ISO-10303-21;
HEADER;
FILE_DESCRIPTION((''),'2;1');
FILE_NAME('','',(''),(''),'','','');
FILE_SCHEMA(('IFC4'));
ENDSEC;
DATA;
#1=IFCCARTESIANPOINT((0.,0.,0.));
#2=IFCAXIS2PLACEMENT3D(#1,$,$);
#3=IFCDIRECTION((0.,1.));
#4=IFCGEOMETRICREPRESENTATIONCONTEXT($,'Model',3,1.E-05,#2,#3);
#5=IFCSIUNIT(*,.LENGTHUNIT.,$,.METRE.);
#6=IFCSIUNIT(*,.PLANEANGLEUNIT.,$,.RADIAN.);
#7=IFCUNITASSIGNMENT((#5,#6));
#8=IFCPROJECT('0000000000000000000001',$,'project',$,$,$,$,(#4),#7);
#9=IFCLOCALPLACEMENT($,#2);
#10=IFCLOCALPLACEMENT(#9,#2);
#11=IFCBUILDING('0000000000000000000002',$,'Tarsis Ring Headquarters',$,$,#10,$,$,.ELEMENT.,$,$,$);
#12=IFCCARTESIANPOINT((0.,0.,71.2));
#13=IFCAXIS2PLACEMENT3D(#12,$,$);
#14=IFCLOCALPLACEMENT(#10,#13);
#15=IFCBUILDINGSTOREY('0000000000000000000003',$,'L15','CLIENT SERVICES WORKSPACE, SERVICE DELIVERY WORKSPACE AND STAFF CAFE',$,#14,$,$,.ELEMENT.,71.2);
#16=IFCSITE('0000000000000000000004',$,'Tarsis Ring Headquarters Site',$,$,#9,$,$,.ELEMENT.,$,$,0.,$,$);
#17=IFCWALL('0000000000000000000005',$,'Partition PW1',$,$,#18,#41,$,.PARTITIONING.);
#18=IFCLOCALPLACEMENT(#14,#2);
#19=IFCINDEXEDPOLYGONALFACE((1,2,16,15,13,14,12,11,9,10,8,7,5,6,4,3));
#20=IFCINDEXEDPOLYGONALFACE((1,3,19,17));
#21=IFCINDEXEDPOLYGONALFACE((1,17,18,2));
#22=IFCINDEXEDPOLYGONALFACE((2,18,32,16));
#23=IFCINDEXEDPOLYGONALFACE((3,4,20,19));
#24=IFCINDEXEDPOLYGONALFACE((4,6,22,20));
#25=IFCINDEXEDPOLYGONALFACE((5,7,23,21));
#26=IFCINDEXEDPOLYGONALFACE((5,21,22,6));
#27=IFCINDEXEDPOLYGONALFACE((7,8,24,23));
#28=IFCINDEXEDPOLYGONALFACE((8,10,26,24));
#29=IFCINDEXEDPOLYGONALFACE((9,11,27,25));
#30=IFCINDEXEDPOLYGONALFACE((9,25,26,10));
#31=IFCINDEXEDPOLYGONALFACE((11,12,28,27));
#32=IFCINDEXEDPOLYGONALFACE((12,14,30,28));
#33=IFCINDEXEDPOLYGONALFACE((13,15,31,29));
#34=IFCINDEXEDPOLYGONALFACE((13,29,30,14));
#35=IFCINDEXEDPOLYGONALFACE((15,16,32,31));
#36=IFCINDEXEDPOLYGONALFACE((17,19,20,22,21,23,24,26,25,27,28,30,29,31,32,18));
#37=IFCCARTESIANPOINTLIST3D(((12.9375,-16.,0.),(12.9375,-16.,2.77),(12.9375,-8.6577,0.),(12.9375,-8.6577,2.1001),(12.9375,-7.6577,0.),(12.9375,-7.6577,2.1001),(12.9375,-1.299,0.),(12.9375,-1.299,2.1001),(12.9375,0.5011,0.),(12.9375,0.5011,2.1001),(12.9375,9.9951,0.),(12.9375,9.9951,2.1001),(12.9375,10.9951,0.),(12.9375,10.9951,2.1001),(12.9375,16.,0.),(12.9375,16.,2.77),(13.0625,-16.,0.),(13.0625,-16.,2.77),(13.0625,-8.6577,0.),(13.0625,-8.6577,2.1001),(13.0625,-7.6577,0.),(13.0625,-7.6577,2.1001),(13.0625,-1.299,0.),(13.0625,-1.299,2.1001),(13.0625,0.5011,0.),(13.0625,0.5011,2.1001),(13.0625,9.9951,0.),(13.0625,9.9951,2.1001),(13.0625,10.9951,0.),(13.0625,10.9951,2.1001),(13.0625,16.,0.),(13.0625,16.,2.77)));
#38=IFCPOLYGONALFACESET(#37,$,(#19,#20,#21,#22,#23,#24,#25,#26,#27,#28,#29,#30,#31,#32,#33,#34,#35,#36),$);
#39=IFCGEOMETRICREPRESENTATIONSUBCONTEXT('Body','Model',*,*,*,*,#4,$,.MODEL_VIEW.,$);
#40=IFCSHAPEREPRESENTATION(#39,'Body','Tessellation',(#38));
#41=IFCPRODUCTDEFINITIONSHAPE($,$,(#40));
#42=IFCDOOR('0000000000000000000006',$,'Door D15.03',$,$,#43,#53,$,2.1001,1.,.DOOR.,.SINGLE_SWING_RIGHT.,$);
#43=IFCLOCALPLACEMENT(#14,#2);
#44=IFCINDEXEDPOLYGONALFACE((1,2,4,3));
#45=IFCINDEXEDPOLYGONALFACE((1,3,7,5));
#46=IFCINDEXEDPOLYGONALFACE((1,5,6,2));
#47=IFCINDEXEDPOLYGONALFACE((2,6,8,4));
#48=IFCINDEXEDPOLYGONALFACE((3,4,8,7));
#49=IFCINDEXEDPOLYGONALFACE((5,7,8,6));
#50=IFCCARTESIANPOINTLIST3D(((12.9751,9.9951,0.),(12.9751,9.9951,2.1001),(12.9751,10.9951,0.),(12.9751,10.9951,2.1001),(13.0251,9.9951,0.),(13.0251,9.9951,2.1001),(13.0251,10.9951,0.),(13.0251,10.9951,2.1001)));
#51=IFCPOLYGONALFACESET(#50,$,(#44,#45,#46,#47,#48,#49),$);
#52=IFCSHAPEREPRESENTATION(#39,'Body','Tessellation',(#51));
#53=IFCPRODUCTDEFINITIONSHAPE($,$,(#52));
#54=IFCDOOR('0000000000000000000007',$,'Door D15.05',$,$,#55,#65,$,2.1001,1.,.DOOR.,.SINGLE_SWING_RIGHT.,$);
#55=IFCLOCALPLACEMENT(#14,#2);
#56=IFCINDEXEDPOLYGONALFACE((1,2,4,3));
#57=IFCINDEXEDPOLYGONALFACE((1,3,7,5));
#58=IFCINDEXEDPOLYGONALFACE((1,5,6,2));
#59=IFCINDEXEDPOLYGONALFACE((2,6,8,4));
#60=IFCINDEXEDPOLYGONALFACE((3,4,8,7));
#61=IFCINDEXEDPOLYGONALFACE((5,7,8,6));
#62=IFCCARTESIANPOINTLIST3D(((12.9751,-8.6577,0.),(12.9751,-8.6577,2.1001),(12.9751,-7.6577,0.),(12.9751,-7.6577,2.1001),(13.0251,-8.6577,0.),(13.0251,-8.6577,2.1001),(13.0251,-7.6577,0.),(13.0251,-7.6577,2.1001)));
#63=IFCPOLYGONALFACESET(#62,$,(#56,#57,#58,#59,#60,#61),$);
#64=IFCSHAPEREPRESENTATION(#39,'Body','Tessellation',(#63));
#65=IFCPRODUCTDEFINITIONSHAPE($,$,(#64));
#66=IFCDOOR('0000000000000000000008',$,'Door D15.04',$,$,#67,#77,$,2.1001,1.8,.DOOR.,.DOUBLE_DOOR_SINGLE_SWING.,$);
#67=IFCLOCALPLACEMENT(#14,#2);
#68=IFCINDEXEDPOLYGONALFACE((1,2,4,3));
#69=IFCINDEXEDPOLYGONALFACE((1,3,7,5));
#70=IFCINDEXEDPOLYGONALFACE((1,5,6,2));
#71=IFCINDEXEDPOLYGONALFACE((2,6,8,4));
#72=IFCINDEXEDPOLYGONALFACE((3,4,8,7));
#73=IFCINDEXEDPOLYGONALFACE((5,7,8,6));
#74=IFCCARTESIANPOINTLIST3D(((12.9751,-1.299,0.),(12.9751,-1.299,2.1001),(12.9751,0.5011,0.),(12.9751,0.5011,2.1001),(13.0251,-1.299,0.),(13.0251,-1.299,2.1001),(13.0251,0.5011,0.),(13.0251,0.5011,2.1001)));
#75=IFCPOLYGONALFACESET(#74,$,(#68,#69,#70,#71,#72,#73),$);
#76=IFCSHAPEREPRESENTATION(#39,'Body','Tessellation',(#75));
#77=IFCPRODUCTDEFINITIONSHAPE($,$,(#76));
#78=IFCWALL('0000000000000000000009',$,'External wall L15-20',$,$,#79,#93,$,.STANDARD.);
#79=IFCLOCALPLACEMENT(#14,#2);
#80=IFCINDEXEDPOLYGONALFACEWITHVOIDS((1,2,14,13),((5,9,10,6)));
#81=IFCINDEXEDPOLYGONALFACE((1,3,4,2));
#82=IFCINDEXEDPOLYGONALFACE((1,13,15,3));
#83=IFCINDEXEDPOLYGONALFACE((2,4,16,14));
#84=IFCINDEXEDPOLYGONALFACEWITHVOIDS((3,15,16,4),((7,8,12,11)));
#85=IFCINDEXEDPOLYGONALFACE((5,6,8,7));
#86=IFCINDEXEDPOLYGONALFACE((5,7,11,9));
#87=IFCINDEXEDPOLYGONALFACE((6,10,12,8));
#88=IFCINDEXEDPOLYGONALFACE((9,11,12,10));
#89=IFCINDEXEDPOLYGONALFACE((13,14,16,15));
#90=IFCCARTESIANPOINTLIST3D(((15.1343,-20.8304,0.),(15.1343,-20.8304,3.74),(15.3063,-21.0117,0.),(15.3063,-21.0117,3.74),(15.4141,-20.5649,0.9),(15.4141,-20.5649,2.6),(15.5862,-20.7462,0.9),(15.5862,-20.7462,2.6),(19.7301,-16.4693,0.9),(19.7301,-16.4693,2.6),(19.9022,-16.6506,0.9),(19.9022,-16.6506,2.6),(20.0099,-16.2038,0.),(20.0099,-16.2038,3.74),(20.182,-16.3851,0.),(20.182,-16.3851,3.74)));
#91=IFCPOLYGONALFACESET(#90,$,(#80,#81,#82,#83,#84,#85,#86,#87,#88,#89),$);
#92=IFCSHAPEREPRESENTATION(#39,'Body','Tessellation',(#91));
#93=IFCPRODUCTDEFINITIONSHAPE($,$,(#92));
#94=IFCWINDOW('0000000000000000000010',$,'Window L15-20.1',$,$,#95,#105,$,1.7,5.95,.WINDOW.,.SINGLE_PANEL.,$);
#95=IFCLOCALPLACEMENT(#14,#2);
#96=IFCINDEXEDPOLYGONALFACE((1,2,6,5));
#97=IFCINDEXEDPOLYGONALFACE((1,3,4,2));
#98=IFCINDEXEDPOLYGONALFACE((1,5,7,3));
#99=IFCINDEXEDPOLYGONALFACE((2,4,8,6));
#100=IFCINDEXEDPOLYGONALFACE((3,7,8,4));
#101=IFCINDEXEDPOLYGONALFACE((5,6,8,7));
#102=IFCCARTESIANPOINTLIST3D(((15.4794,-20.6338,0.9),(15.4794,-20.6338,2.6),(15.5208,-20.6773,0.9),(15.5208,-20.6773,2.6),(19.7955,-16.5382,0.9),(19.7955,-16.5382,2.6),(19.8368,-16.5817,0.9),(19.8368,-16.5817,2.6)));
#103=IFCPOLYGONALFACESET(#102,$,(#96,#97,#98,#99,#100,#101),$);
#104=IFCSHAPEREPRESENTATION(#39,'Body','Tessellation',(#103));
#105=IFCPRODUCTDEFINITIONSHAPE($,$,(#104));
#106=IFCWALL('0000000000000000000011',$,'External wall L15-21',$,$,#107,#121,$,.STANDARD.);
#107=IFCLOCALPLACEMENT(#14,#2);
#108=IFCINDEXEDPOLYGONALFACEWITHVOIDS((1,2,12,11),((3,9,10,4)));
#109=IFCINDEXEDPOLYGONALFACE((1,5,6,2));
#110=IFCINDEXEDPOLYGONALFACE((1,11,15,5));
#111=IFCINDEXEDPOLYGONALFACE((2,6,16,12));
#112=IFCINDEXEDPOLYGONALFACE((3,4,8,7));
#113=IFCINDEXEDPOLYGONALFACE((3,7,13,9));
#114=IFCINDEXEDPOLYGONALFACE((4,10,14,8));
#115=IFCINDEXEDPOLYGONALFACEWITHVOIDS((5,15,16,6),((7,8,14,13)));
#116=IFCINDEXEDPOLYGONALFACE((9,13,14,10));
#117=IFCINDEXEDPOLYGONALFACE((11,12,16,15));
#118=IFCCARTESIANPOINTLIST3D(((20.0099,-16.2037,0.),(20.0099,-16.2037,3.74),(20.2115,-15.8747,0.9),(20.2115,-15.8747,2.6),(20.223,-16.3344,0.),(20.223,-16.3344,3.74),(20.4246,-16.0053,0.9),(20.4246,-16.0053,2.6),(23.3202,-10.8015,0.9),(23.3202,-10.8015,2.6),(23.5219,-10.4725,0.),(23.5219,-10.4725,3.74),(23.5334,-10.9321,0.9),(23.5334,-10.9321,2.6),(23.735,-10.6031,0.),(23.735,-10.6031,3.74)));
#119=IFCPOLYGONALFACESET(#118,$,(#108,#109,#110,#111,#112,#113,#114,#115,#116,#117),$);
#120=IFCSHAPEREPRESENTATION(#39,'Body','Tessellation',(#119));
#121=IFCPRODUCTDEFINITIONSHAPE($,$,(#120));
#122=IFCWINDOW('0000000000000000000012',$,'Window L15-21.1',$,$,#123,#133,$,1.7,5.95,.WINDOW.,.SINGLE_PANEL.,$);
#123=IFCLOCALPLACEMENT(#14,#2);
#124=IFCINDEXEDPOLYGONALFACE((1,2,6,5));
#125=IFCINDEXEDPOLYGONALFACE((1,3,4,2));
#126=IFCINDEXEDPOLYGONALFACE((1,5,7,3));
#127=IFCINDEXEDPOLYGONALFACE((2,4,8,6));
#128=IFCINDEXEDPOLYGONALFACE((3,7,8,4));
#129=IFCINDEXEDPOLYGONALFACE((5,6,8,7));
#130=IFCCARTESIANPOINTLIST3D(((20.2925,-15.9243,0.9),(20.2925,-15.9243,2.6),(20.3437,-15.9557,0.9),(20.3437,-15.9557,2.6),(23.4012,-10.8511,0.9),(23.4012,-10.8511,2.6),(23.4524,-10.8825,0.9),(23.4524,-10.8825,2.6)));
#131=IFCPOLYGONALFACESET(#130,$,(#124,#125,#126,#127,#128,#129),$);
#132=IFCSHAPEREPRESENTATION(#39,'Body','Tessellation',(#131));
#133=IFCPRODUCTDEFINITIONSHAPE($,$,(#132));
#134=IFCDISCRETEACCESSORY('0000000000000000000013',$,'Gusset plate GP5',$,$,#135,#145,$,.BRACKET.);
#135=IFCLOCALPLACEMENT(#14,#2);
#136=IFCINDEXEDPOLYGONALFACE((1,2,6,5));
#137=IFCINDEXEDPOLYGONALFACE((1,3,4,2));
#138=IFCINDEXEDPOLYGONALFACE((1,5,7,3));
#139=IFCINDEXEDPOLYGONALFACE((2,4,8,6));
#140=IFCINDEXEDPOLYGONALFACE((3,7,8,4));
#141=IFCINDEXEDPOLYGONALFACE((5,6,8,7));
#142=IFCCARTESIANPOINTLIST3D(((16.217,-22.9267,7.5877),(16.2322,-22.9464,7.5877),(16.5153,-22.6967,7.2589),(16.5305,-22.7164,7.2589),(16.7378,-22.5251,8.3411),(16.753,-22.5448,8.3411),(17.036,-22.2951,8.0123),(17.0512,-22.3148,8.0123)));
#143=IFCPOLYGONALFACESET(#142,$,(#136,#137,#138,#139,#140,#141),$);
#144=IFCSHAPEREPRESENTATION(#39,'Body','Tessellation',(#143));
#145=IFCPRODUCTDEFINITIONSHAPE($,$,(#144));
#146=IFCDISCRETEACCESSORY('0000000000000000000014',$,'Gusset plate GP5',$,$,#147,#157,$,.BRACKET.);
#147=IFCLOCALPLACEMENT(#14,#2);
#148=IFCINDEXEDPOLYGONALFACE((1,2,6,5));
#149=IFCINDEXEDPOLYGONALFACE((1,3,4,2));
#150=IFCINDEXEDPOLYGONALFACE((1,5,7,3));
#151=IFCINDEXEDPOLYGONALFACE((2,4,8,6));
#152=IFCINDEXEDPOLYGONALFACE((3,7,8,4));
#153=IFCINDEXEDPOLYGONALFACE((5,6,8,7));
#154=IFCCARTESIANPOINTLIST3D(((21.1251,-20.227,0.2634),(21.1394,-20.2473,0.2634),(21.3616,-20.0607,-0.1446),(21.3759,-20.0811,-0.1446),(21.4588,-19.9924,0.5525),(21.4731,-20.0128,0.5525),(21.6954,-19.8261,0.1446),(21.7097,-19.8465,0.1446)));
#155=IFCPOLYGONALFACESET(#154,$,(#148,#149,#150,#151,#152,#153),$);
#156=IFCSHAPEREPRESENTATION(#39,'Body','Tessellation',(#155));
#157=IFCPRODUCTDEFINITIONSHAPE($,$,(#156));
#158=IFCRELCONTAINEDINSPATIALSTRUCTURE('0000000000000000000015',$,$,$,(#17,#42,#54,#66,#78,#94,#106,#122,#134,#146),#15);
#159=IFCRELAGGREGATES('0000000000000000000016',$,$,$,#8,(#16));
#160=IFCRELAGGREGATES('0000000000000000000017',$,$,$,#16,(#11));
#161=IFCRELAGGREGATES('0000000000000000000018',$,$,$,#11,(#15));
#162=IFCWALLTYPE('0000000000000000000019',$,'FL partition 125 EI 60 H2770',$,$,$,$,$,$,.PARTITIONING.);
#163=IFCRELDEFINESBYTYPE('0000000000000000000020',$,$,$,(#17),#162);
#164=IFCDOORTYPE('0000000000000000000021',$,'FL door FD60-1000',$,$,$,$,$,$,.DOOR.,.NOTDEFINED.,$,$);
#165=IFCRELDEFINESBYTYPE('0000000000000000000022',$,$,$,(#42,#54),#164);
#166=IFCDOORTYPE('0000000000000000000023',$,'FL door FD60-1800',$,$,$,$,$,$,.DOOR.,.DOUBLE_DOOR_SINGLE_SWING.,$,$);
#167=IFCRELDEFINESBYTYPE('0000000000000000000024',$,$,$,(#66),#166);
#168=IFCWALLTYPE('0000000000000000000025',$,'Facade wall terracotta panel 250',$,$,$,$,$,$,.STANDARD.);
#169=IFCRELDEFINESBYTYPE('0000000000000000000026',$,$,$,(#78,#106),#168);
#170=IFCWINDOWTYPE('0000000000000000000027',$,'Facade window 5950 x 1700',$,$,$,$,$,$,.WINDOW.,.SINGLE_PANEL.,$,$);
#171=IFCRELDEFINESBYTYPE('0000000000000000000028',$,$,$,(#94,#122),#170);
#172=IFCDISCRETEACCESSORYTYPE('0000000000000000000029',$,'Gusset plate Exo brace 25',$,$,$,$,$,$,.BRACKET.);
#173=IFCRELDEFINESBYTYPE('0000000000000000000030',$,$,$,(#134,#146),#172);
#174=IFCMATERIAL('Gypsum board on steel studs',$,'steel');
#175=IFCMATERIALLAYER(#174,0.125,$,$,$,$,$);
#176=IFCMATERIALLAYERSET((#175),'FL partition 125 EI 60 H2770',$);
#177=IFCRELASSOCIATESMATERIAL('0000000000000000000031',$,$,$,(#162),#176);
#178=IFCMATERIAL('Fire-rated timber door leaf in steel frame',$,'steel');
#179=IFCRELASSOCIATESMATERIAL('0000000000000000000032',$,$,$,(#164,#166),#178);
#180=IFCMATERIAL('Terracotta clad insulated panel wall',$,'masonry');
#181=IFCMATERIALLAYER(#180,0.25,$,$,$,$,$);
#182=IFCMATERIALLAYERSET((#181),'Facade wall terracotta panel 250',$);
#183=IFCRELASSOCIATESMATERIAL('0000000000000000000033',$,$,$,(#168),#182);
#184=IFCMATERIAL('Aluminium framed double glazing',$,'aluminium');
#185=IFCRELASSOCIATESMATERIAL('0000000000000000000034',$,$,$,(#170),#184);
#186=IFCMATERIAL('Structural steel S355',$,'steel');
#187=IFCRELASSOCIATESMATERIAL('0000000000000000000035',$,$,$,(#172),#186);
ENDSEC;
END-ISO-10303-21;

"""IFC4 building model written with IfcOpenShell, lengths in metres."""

from ifc_helpers import new_model, si_unit, direction, frame, frame_2d, origin, origin_2d, place, context, subcontext, project, spatial, rectangle, extrude, material, layer, layer_set, material_profile, profile_set, type_object, element, fill, save


model = new_model("IFC4")

# Units and contexts
model_context = context("Model", 3, precision=1e-05, world=origin(), true_north=direction((0.0, 1.0)))
body_context = subcontext(model_context, "Body", "Model", "MODEL_VIEW")
ifc_project = project(units=[si_unit("LENGTHUNIT", "METRE"), si_unit("PLANEANGLEUNIT", "RADIAN")], contexts=[model_context])

# Site, building, storey
site_placement = place(None, origin())
site = spatial("IfcSite", under=ifc_project, at=site_placement, Name="Tarsis Ring Headquarters Site", CompositionType="ELEMENT", RefElevation=0.0)
building_placement = place(site_placement, origin())
building = spatial("IfcBuilding", under=site, at=building_placement, Name="Tarsis Ring Headquarters", CompositionType="ELEMENT")
storey_placement = place(building_placement, frame((0.0, 0.0, 71.2)))
storey = spatial("IfcBuildingStorey", under=building, at=storey_placement, Name="L15", Description="CLIENT SERVICES WORKSPACE, SERVICE DELIVERY WORKSPACE AND STAFF CAFE", CompositionType="ELEMENT", Elevation=71.2)

# Shared definitions
ifc_material_1 = material(Name="Structural steel S355", Category="steel")

# Wall, openings, doors
ifc_material_2 = material(Name="Gypsum board on steel studs", Category="steel")
ifc_layer_1 = layer(ifc_material_2, 0.125)
ifc_layer_set_1 = layer_set([ifc_layer_1], Name="FL partition 125 EI 60 H2770")
wall_type_1 = type_object("IfcWallType", Name="FL partition 125 EI 60 H2770", PredefinedType="PARTITIONING", material=ifc_layer_set_1)
wall_1_placement = place(storey_placement, frame((13.0, -16.0, 0.0), z_axis=(0.0, 0.0, 1.0), x_axis=(0.0, 1.0, 0.0)))
wall_1 = element("IfcWall", 1, at=wall_1_placement, inside=storey, type_object=wall_type_1, Name="Partition PW1", PredefinedType="PARTITIONING", context=body_context, shape_type="SweptSolid", body=[
    extrude(rectangle(XDim=32.0, YDim=0.125, at=frame_2d((16.0, 0.0))), origin(), (0.0, 0.0, 1.0), 2.77),
])
opening_1_placement = place(wall_1_placement, frame((25.9951, 0.0, 0.0)))
opening_1 = element("IfcOpeningElement", 2, at=opening_1_placement, cuts=wall_1, PredefinedType="OPENING", context=body_context, shape_type="SweptSolid", body=[
    extrude(rectangle(XDim=1.0, YDim=2.1001, at=frame_2d((0.5, 1.05))), frame((0.0, 0.0725, 0.0), z_axis=(0.0, -1.0, 0.0), x_axis=(1.0, 0.0, 0.0)), (0.0, 0.0, 1.0), 0.145),
])
opening_2_placement = place(wall_1_placement, frame((14.7012, 0.0, 0.0)))
opening_2 = element("IfcOpeningElement", 3, at=opening_2_placement, cuts=wall_1, PredefinedType="OPENING", context=body_context, shape_type="SweptSolid", body=[
    extrude(rectangle(XDim=1.8, YDim=2.1001, at=frame_2d((0.8999, 1.05))), frame((0.0, 0.0725, 0.0), z_axis=(0.0, -1.0, 0.0), x_axis=(1.0, 0.0, 0.0)), (0.0, 0.0, 1.0), 0.145),
])
opening_3_placement = place(wall_1_placement, frame((7.3423, 0.0, 0.0)))
opening_3 = element("IfcOpeningElement", 4, at=opening_3_placement, cuts=wall_1, PredefinedType="OPENING", context=body_context, shape_type="SweptSolid", body=[
    extrude(rectangle(XDim=1.0, YDim=2.1001, at=frame_2d((0.5, 1.05))), frame((0.0, 0.0725, 0.0), z_axis=(0.0, -1.0, 0.0), x_axis=(1.0, 0.0, 0.0)), (0.0, 0.0, 1.0), 0.145),
])
ifc_material_3 = material(Name="Fire-rated timber door leaf in steel frame", Category="steel")
door_type_1 = type_object("IfcDoorType", Name="FL door FD60-1000", OperationType="NOTDEFINED", PredefinedType="DOOR", material=ifc_material_3)
door_1_placement = place(opening_1_placement, origin())
door_1 = element("IfcDoor", 5, at=door_1_placement, inside=storey, type_object=door_type_1, Name="Door D15.03", OperationType="SINGLE_SWING_RIGHT", OverallHeight=2.1001, OverallWidth=1.0, PredefinedType="DOOR", context=body_context, shape_type="SweptSolid", body=[
    extrude(rectangle(XDim=1.0, YDim=2.1001, at=frame_2d((0.5, 1.05))), frame((0.0, 0.0249, 0.0), z_axis=(0.0, -1.0, 0.0), x_axis=(1.0, 0.0, 0.0)), (0.0, 0.0, 1.0), 0.05),
])
fill(opening_1, door_1)
door_2_placement = place(opening_3_placement, origin())
door_2 = element("IfcDoor", 6, at=door_2_placement, inside=storey, type_object=door_type_1, Name="Door D15.05", OperationType="SINGLE_SWING_RIGHT", OverallHeight=2.1001, OverallWidth=1.0, PredefinedType="DOOR", context=body_context, shape_type="SweptSolid", body=[
    extrude(rectangle(XDim=1.0, YDim=2.1001, at=frame_2d((0.5, 1.05))), frame((0.0, 0.0249, 0.0), z_axis=(0.0, -1.0, 0.0), x_axis=(1.0, 0.0, 0.0)), (0.0, 0.0, 1.0), 0.05),
])
fill(opening_3, door_2)
door_type_2 = type_object("IfcDoorType", Name="FL door FD60-1800", OperationType="DOUBLE_DOOR_SINGLE_SWING", PredefinedType="DOOR", material=ifc_material_3)
door_3_placement = place(opening_2_placement, origin())
door_3 = element("IfcDoor", 7, at=door_3_placement, inside=storey, type_object=door_type_2, Name="Door D15.04", OperationType="DOUBLE_DOOR_SINGLE_SWING", OverallHeight=2.1001, OverallWidth=1.8, PredefinedType="DOOR", context=body_context, shape_type="SweptSolid", body=[
    extrude(rectangle(XDim=1.8, YDim=2.1001, at=frame_2d((0.8999, 1.05))), frame((0.0, 0.0249, 0.0), z_axis=(0.0, -1.0, 0.0), x_axis=(1.0, 0.0, 0.0)), (0.0, 0.0, 1.0), 0.05),
])
fill(opening_2, door_3)

# Walls, openings, windows
ifc_material_4 = material(Name="Terracotta clad insulated panel wall", Category="masonry")
ifc_layer_2 = layer(ifc_material_4, 0.25)
ifc_layer_set_2 = layer_set([ifc_layer_2], Name="Facade wall terracotta panel 250")
wall_type_2 = type_object("IfcWallType", Name="Facade wall terracotta panel 250", PredefinedType="STANDARD", material=ifc_layer_set_2)
wall_2_placement = place(storey_placement, frame((15.2202, -20.9211, 0.0), z_axis=(0.0, 0.0, 1.0), x_axis=(0.725388, 0.68834, 0.0)))
wall_2 = element("IfcWall", 8, at=wall_2_placement, inside=storey, type_object=wall_type_2, Name="External wall L15-20", PredefinedType="STANDARD", context=body_context, shape_type="SweptSolid", body=[
    extrude(rectangle(XDim=6.7214, YDim=0.25, at=frame_2d((3.3608, 0.0))), origin(), (0.0, 0.0, 1.0), 3.74),
])
opening_4_placement = place(wall_2_placement, frame((0.3857, 0.0, 0.8999)))
opening_4 = element("IfcOpeningElement", 9, at=opening_4_placement, cuts=wall_2, PredefinedType="OPENING", context=body_context, shape_type="SweptSolid", body=[
    extrude(rectangle(XDim=5.95, YDim=1.7, at=frame_2d((2.9751, 0.8501))), frame((0.0, 0.135, 0.0), z_axis=(0.0, -1.0, 0.0), x_axis=(1.0, 0.0, 0.0)), (0.0, 0.0, 1.0), 0.27),
])
ifc_material_5 = material(Name="Aluminium framed double glazing", Category="aluminium")
window_type = type_object("IfcWindowType", Name="Facade window 5950 x 1700", PartitioningType="SINGLE_PANEL", PredefinedType="WINDOW", material=ifc_material_5)
window_1_placement = place(opening_4_placement, origin())
window_1 = element("IfcWindow", 10, at=window_1_placement, inside=storey, type_object=window_type, Name="Window L15-20.1", OverallHeight=1.7, OverallWidth=5.95, PartitioningType="SINGLE_PANEL", PredefinedType="WINDOW", context=body_context, shape_type="SweptSolid", body=[
    extrude(rectangle(XDim=5.95, YDim=1.7, at=frame_2d((2.9751, 0.8501))), frame((0.0, 0.03, 0.0), z_axis=(0.0, -1.0, 0.0), x_axis=(1.0, 0.0, 0.0)), (0.0, 0.0, 1.0), 0.0601),
])
fill(opening_4, window_1)
wall_3_placement = place(storey_placement, frame((20.1165, -16.269, 0.0), z_axis=(0.0, 0.0, 1.0), x_axis=(0.522485, 0.852648, 0.0)))
wall_3 = element("IfcWall", 11, at=wall_3_placement, inside=storey, type_object=wall_type_2, Name="External wall L15-21", PredefinedType="STANDARD", context=body_context, shape_type="SweptSolid", body=[
    extrude(rectangle(XDim=6.7217, YDim=0.25, at=frame_2d((3.3608, 0.0))), origin(), (0.0, 0.0, 1.0), 3.74),
])
opening_5_placement = place(wall_3_placement, frame((0.3857, 0.0, 0.8999)))
opening_5 = element("IfcOpeningElement", 12, at=opening_5_placement, cuts=wall_3, PredefinedType="OPENING", context=body_context, shape_type="SweptSolid", body=[
    extrude(rectangle(XDim=5.95, YDim=1.7, at=frame_2d((2.9751, 0.8501))), frame((0.0, 0.135, 0.0), z_axis=(0.0, -1.0, 0.0), x_axis=(1.0, 0.0, 0.0)), (0.0, 0.0, 1.0), 0.27),
])
window_2_placement = place(opening_5_placement, origin())
window_2 = element("IfcWindow", 13, at=window_2_placement, inside=storey, type_object=window_type, Name="Window L15-21.1", OverallHeight=1.7, OverallWidth=5.95, PartitioningType="SINGLE_PANEL", PredefinedType="WINDOW", context=body_context, shape_type="SweptSolid", body=[
    extrude(rectangle(XDim=5.95, YDim=1.7, at=frame_2d((2.9751, 0.8501))), frame((0.0, 0.03, 0.0), z_axis=(0.0, -1.0, 0.0), x_axis=(1.0, 0.0, 0.0)), (0.0, 0.0, 1.0), 0.0601),
])
fill(opening_5, window_2)

# Discrete accessories
ifc_material_profile_1 = material_profile(ifc_material_1, rectangle(XDim=0.0249, YDim=0.5, at=origin_2d()), Name="PL 25x500")
ifc_profile_set_1 = profile_set([ifc_material_profile_1], Name="Structural steel S355")
discrete_accessory_type = type_object("IfcDiscreteAccessoryType", Name="Gusset plate Exo brace 25", PredefinedType="BRACKET", material=ifc_profile_set_1)
discrete_accessory_1_placement = place(storey_placement, frame((16.3738, -22.8215, 7.4233), z_axis=(0.520723, 0.401589, 0.753375), x_axis=(-0.610697, 0.791864, 0.0)))
element("IfcDiscreteAccessory", 14, at=discrete_accessory_1_placement, inside=storey, type_object=discrete_accessory_type, Name="Gusset plate GP5", PredefinedType="BRACKET", context=body_context, shape_type="SweptSolid", body=[
    extrude(rectangle(XDim=0.0249, YDim=0.5, at=origin_2d()), origin(), (0.0, 0.0, 1.0), 1.0),
])
discrete_accessory_2_placement = place(storey_placement, frame((21.5356, -19.9536, 0.0), z_axis=(-0.473107, -0.332493, 0.815854), x_axis=(0.574991, -0.818159, 0.0)))
element("IfcDiscreteAccessory", 15, at=discrete_accessory_2_placement, inside=storey, type_object=discrete_accessory_type, Name="Gusset plate GP5", PredefinedType="BRACKET", context=body_context, shape_type="SweptSolid", body=[
    extrude(rectangle(XDim=0.0249, YDim=0.5, at=origin_2d()), origin(), (0.0, 0.0, 1.0), 0.5),
])

save(model, "model.ifc")
